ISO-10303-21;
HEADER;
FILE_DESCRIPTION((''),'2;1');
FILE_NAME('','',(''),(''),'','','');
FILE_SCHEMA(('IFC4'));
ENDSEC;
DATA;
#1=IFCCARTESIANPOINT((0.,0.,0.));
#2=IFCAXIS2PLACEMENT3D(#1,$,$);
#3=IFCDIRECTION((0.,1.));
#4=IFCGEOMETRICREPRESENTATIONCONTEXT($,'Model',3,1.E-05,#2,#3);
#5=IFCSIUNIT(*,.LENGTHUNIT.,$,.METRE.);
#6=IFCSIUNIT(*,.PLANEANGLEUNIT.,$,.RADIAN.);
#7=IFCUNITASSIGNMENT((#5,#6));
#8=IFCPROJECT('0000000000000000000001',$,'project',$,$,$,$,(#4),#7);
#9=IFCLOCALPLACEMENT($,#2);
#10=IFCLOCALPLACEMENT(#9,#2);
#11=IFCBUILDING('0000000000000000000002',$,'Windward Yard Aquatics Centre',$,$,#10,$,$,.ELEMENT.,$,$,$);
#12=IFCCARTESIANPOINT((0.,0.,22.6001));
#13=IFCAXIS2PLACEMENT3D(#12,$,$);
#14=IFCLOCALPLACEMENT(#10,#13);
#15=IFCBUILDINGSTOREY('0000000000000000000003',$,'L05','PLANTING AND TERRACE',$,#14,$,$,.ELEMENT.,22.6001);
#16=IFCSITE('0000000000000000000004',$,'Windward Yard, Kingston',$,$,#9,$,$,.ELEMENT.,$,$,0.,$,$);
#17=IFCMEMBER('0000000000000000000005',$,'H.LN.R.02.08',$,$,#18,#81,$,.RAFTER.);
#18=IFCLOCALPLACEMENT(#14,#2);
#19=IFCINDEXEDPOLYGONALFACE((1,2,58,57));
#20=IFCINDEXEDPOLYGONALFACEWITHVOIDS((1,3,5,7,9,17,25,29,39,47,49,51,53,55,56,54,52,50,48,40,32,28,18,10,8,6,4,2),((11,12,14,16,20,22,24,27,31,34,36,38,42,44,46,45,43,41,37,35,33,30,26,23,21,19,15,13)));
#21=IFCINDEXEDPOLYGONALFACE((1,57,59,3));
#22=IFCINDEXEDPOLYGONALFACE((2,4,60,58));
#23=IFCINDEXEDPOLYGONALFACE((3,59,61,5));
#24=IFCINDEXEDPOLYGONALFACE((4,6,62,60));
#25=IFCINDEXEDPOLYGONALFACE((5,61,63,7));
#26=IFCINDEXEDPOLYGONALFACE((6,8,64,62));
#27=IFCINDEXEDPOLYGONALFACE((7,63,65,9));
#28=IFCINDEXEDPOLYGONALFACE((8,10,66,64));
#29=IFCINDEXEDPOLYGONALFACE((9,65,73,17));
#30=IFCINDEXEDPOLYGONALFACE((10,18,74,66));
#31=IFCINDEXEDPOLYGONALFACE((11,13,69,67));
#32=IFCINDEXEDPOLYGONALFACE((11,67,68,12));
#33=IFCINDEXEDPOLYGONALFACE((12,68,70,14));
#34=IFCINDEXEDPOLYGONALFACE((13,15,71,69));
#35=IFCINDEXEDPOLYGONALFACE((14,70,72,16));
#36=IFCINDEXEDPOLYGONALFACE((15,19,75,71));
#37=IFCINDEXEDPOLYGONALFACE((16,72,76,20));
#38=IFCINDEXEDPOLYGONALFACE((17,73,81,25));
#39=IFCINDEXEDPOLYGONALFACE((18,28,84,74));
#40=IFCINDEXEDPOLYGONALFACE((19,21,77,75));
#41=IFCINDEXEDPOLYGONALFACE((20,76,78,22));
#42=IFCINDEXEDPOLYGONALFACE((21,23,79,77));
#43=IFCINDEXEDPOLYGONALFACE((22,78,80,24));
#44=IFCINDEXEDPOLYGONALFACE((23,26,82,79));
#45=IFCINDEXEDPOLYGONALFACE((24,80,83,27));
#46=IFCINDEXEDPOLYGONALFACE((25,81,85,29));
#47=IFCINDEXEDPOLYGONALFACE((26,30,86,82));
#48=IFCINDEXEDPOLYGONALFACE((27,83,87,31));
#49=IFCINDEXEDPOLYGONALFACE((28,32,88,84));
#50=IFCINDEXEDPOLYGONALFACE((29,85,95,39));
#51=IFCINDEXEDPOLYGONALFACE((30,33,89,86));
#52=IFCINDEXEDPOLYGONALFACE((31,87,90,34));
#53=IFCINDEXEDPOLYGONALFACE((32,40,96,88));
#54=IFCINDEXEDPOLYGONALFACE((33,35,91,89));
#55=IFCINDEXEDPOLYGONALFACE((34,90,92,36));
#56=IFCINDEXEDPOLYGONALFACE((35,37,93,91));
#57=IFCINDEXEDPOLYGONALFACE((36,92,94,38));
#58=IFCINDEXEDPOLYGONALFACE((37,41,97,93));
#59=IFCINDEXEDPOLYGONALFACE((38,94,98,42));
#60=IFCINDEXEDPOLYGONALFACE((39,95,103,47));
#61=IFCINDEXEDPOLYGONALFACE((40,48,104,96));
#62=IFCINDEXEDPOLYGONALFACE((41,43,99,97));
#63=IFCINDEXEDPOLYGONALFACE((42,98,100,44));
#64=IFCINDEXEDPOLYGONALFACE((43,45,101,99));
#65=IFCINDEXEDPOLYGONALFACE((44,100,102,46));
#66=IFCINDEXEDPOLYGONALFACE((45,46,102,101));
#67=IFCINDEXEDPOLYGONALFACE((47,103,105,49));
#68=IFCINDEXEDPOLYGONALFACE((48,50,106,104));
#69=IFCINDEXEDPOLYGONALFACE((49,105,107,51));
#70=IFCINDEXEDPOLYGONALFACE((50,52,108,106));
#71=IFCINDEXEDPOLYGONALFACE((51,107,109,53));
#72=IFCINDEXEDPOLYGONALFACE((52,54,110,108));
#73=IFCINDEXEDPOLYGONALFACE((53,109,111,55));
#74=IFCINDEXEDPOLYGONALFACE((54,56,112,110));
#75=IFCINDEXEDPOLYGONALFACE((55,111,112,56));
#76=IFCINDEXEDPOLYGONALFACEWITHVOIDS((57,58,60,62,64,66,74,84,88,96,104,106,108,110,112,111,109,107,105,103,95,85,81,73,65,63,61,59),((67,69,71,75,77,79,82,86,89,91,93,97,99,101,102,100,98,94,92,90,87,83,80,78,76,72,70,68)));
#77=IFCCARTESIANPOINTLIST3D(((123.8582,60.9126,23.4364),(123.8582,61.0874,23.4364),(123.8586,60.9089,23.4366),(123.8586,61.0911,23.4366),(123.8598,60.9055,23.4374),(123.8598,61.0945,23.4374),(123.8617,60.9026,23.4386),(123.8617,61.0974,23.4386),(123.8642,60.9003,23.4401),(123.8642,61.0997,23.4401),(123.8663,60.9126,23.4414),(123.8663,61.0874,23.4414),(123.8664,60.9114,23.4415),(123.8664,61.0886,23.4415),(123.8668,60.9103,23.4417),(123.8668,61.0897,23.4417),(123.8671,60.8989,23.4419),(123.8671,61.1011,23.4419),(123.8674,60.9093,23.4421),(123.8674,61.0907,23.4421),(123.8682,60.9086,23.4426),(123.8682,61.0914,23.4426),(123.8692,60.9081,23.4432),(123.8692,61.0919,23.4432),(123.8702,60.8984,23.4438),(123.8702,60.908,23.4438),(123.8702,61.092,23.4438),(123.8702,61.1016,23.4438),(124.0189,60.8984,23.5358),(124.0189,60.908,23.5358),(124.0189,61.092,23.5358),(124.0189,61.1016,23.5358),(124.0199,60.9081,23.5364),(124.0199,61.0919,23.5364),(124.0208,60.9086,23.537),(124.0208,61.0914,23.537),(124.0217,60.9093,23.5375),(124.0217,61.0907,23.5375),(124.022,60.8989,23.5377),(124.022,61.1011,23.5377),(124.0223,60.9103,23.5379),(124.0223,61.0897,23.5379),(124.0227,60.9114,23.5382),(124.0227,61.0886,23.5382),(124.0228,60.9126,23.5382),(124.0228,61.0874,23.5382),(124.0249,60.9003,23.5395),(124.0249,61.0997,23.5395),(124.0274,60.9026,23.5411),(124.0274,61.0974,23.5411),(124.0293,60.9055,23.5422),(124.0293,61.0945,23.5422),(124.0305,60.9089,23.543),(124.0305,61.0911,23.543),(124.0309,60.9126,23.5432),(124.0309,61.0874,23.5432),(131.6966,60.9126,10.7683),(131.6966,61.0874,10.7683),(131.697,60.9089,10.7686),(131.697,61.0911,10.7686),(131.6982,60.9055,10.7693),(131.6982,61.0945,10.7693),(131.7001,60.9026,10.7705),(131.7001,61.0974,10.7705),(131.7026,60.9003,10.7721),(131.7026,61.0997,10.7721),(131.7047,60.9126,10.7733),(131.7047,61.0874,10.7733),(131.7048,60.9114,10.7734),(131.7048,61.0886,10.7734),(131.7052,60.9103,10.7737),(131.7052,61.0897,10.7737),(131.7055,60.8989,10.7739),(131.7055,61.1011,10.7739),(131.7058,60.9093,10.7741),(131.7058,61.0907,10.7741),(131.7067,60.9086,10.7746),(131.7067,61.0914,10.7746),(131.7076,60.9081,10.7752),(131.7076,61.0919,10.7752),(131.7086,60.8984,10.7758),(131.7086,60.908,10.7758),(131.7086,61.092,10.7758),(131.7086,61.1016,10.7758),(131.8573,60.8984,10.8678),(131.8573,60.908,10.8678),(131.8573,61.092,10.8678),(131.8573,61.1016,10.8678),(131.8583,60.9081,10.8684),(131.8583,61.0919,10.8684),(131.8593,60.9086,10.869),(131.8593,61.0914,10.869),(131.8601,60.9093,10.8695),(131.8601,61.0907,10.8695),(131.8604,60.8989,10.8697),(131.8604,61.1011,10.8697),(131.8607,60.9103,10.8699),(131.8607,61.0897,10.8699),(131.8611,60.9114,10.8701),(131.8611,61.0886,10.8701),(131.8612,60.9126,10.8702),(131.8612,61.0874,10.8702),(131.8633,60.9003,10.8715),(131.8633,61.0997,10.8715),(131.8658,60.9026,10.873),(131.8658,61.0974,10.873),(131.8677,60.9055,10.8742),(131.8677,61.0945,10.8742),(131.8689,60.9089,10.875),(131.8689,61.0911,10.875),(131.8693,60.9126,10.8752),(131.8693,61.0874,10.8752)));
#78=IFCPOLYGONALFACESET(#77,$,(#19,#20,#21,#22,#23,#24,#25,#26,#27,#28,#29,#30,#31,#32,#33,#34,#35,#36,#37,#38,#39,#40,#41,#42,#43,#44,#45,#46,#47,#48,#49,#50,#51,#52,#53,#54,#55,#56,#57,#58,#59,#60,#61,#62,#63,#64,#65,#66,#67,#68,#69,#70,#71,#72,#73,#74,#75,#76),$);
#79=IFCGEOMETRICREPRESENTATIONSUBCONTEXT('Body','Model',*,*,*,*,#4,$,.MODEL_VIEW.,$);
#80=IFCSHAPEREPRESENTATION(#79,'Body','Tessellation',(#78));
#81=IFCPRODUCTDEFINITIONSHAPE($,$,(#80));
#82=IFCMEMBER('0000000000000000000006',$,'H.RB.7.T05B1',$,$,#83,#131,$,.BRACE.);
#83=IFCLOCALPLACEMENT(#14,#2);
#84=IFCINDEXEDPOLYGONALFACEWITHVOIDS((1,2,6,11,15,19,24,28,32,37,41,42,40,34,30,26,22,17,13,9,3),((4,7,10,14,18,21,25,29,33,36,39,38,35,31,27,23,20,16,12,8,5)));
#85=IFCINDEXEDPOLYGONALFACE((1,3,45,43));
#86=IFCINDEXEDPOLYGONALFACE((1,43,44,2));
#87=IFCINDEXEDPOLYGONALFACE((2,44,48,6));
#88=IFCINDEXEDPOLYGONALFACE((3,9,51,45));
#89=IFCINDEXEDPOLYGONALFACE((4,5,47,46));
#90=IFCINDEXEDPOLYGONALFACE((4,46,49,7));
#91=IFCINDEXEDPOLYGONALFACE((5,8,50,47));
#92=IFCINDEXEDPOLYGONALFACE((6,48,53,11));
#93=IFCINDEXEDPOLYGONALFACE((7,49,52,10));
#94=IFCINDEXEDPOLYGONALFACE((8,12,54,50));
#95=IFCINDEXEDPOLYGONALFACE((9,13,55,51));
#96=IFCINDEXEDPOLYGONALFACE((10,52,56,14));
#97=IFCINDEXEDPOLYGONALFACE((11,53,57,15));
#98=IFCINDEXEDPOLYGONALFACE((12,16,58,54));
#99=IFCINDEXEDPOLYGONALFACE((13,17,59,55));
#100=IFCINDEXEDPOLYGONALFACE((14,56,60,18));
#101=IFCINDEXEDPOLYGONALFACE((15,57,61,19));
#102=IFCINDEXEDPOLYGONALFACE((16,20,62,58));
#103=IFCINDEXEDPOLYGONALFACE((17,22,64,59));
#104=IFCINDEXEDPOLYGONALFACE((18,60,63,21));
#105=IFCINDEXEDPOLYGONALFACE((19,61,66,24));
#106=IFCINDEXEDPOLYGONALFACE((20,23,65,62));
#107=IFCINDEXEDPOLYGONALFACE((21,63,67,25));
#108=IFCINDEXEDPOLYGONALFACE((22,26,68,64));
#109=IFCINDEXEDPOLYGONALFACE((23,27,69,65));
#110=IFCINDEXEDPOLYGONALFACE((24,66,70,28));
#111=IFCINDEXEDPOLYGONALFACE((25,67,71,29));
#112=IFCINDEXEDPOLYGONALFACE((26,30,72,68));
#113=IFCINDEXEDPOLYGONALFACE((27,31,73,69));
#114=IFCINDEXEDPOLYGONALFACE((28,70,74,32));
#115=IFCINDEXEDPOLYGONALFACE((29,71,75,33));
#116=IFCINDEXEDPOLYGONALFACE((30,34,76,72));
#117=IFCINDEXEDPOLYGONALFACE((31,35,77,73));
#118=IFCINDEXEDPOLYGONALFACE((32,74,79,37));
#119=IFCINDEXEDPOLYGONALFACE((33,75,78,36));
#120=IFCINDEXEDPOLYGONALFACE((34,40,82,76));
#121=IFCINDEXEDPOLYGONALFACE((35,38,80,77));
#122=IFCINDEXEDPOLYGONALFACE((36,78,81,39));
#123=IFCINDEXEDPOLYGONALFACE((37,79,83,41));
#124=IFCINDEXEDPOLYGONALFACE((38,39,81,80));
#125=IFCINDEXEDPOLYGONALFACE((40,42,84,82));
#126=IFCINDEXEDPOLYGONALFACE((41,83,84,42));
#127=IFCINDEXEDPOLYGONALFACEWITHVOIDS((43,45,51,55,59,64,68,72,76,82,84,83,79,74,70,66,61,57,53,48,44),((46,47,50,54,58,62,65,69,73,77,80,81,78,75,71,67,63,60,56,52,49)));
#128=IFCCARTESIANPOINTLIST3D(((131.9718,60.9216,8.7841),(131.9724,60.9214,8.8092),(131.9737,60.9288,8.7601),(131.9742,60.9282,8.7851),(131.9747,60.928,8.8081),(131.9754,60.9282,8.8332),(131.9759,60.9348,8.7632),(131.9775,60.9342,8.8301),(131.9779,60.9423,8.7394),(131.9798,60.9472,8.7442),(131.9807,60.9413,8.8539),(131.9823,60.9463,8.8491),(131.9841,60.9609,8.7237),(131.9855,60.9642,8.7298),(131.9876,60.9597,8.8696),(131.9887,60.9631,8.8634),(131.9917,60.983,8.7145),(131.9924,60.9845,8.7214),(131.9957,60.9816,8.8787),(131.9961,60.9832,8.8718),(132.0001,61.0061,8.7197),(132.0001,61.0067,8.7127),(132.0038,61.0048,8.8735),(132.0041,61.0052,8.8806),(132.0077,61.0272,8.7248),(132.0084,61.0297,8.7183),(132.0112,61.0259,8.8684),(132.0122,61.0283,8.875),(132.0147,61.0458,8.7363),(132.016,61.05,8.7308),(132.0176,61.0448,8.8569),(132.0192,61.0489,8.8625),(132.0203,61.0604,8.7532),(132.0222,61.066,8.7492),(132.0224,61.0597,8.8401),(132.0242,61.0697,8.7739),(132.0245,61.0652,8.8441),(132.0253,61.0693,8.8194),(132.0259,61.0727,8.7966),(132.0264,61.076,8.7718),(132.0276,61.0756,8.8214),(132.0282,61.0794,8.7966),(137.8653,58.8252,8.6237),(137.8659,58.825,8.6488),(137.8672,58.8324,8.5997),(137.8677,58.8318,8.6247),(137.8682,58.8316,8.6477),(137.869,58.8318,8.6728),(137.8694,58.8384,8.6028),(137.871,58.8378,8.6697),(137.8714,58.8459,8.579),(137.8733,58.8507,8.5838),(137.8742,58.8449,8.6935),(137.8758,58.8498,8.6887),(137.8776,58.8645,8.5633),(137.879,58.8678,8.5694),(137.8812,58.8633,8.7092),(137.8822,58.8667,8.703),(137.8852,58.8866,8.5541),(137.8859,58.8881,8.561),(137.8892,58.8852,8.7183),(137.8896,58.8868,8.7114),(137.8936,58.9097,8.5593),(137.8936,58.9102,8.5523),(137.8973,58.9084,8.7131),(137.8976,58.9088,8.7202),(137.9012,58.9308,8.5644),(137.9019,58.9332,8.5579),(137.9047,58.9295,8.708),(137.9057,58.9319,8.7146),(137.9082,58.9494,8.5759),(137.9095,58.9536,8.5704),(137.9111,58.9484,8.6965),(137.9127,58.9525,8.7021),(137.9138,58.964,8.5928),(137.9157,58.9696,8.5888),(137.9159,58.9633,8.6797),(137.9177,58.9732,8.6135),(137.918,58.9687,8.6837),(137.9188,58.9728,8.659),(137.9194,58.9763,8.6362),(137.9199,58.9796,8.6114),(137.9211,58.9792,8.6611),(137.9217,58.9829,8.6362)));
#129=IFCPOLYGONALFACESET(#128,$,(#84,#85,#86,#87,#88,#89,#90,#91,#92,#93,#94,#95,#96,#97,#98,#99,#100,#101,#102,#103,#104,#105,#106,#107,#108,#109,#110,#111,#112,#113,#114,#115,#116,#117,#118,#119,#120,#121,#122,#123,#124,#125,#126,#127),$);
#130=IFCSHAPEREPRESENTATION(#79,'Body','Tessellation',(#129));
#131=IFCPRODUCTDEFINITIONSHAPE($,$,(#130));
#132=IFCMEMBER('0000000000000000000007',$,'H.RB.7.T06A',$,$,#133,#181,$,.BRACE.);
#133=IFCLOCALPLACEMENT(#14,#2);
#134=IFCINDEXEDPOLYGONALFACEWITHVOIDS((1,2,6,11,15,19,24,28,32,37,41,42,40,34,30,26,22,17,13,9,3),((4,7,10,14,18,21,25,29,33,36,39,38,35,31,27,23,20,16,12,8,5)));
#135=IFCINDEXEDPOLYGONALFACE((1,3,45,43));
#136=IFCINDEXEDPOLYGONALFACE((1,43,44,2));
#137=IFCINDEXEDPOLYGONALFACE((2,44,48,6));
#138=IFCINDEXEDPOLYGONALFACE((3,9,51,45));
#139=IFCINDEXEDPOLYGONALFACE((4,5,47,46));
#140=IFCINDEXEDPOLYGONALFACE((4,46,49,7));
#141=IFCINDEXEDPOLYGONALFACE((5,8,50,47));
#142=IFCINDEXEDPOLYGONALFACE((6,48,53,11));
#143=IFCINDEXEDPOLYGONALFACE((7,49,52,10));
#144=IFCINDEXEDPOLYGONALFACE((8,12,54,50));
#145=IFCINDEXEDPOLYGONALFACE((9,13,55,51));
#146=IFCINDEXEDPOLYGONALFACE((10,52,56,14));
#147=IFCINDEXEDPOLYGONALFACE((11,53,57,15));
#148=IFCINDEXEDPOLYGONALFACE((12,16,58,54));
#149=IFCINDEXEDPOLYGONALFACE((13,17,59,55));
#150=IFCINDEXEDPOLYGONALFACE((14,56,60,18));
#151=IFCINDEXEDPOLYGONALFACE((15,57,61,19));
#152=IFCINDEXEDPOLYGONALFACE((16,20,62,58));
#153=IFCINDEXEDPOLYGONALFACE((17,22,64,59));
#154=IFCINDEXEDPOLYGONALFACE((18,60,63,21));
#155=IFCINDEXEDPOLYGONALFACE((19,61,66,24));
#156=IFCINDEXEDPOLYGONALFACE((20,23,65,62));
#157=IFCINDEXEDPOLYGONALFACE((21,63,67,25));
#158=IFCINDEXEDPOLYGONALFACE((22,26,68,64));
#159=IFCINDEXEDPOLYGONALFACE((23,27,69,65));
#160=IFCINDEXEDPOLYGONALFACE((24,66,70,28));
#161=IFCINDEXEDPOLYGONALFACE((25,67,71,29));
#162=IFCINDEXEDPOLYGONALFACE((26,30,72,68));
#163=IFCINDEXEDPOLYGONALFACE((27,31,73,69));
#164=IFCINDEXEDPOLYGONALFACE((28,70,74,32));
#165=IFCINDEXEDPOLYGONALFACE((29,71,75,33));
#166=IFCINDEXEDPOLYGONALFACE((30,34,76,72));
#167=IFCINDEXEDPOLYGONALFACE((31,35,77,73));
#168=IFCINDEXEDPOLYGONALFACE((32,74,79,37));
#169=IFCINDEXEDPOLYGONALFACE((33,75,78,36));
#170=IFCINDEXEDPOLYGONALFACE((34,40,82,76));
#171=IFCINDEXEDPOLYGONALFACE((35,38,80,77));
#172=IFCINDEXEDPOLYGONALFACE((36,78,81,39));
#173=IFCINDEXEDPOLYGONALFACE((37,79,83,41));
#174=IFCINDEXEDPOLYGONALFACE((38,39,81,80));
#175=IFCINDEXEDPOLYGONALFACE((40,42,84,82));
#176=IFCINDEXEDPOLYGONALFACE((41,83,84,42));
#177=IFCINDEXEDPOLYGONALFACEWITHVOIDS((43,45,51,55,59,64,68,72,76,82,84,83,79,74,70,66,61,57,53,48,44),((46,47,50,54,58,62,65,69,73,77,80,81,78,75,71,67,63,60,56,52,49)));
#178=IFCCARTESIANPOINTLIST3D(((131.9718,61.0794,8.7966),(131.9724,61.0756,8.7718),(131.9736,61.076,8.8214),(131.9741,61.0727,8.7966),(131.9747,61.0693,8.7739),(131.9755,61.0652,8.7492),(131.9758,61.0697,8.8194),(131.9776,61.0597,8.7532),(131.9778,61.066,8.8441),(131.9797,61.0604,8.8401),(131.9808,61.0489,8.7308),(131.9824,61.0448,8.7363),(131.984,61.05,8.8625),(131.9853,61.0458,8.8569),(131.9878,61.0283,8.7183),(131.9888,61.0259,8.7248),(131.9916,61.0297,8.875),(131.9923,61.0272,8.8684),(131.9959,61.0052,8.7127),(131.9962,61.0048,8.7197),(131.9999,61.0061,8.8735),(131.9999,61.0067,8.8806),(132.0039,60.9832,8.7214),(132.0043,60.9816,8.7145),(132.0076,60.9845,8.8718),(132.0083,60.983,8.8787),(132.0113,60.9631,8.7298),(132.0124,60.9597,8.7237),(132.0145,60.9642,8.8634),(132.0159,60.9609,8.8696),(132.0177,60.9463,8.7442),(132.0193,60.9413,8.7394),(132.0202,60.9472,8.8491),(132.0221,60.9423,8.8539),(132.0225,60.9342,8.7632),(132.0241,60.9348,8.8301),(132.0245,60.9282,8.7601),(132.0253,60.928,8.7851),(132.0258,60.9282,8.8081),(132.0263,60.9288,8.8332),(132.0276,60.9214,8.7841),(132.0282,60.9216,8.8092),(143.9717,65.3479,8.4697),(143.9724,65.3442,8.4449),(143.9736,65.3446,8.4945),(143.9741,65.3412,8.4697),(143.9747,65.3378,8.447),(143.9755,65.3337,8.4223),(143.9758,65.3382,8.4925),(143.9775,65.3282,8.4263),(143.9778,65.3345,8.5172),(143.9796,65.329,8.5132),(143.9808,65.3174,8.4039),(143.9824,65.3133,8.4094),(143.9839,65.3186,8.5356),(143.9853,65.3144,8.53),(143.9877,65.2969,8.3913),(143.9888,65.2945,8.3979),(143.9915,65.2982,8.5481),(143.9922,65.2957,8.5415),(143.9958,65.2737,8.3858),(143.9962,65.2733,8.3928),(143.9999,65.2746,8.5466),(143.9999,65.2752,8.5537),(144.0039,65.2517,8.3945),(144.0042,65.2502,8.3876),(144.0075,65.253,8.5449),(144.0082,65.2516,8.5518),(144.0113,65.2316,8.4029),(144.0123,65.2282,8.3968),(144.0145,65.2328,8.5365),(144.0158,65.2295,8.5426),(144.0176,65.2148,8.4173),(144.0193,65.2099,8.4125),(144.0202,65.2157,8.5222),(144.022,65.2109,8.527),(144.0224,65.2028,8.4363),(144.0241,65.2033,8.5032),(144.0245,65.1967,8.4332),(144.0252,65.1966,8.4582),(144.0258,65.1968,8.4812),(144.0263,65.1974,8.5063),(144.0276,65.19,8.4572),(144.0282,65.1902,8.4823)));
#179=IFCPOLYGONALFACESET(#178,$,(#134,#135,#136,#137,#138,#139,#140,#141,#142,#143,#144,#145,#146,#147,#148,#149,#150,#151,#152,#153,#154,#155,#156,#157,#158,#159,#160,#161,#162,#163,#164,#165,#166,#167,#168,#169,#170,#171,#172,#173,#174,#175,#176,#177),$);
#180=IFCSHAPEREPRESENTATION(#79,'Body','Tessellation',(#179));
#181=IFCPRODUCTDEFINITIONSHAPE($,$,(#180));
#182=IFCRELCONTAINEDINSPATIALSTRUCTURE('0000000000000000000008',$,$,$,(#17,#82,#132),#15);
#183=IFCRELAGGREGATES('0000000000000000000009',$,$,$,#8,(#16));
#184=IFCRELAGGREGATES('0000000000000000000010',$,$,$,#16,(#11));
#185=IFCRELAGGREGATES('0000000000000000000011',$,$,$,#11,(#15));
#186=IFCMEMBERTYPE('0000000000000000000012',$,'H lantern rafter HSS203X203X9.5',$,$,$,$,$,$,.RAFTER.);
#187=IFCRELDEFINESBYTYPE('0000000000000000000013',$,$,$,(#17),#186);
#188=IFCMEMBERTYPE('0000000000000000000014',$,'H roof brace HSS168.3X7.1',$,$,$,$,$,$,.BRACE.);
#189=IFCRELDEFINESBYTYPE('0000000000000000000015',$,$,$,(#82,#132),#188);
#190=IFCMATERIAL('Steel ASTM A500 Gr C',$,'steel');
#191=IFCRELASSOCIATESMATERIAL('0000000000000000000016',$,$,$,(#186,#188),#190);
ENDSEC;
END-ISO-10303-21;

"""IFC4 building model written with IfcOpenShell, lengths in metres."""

from ifc_helpers import new_model, si_unit, direction, frame, origin, origin_2d, place, context, subcontext, project, spatial, hollow_rectangle, hollow_circle, extrude, material, material_profile, profile_set, type_object, element, save


model = new_model("IFC4")

# Units and contexts
model_context = context("Model", 3, precision=1e-05, world=origin(), true_north=direction((0.0, 1.0)))
body_context = subcontext(model_context, "Body", "Model", "MODEL_VIEW")
ifc_project = project(units=[si_unit("LENGTHUNIT", "METRE"), si_unit("PLANEANGLEUNIT", "RADIAN")], contexts=[model_context])

# Site, building, storey
site_placement = place(None, origin())
site = spatial("IfcSite", under=ifc_project, at=site_placement, Name="Windward Yard, Kingston", CompositionType="ELEMENT", RefElevation=0.0)
building_placement = place(site_placement, origin())
building = spatial("IfcBuilding", under=site, at=building_placement, Name="Windward Yard Aquatics Centre", CompositionType="ELEMENT")
storey_placement = place(building_placement, frame((0.0, 0.0, 22.6001)))
storey = spatial("IfcBuildingStorey", under=building, at=storey_placement, Name="L05", Description="PLANTING AND TERRACE", CompositionType="ELEMENT", Elevation=22.6001)

# Members
ifc_material_1 = material(Name="Steel ASTM A500 Gr C", Category="steel")
ifc_material_profile_1 = material_profile(ifc_material_1, hollow_rectangle(XDim=0.2031, YDim=0.2031, WallThickness=0.0095, InnerFilletRadius=0.0046, OuterFilletRadius=0.0142, at=origin_2d()), Name="HSS203X203X9.5")
ifc_profile_set_1 = profile_set([ifc_material_profile_1], Name="Steel ASTM A500 Gr C")
member_type_1 = type_object("IfcMemberType", Name="H lantern rafter HSS203X203X9.5", PredefinedType="RAFTER", material=ifc_profile_set_1)
member_1_placement = place(storey_placement, frame((131.783, 61.0, 10.8218), z_axis=(-0.526175, 0.0, 0.850376), x_axis=(0.0, -1.0, 0.0)))
element("IfcMember", 1, at=member_1_placement, inside=storey, type_object=member_type_1, Name="H.LN.R.02.08", PredefinedType="RAFTER", context=body_context, shape_type="SweptSolid", body=[
    extrude(hollow_rectangle(XDim=0.2031, YDim=0.2031, WallThickness=0.0095, InnerFilletRadius=0.0046, OuterFilletRadius=0.0142, at=origin_2d()), origin(), (0.0, 0.0, 1.0), 14.897),
])
ifc_material_profile_2 = material_profile(ifc_material_1, hollow_circle(Radius=0.0842, WallThickness=0.0071, at=origin_2d()), Name="HSS168.3X7.1")
ifc_profile_set_2 = profile_set([ifc_material_profile_2], Name="Steel ASTM A500 Gr C")
member_type_2 = type_object("IfcMemberType", Name="H roof brace HSS168.3X7.1", PredefinedType="BRACE", material=ifc_profile_set_2)
member_2_placement = place(storey_placement, frame((132.0, 61.0, 8.7966), z_axis=(0.941857, -0.335034, -0.025634), x_axis=(0.335144, 0.942167, 0.0)))
element("IfcMember", 2, at=member_2_placement, inside=storey, type_object=member_type_2, Name="H.RB.7.T05B1", PredefinedType="BRACE", context=body_context, shape_type="SweptSolid", body=[
    extrude(hollow_circle(Radius=0.0842, WallThickness=0.0071, at=origin_2d()), origin(), (0.0, 0.0, 1.0), 6.2573),
])
member_3_placement = place(storey_placement, frame((132.0, 61.0, 8.7966), z_axis=(0.941858, 0.335031, -0.025658), x_axis=(-0.335141, 0.942168, 0.0)))
element("IfcMember", 3, at=member_3_placement, inside=storey, type_object=member_type_2, Name="H.RB.7.T06A", PredefinedType="BRACE", context=body_context, shape_type="SweptSolid", body=[
    extrude(hollow_circle(Radius=0.0842, WallThickness=0.0071, at=origin_2d()), origin(), (0.0, 0.0, 1.0), 12.7407),
])

save(model, "model.ifc")
